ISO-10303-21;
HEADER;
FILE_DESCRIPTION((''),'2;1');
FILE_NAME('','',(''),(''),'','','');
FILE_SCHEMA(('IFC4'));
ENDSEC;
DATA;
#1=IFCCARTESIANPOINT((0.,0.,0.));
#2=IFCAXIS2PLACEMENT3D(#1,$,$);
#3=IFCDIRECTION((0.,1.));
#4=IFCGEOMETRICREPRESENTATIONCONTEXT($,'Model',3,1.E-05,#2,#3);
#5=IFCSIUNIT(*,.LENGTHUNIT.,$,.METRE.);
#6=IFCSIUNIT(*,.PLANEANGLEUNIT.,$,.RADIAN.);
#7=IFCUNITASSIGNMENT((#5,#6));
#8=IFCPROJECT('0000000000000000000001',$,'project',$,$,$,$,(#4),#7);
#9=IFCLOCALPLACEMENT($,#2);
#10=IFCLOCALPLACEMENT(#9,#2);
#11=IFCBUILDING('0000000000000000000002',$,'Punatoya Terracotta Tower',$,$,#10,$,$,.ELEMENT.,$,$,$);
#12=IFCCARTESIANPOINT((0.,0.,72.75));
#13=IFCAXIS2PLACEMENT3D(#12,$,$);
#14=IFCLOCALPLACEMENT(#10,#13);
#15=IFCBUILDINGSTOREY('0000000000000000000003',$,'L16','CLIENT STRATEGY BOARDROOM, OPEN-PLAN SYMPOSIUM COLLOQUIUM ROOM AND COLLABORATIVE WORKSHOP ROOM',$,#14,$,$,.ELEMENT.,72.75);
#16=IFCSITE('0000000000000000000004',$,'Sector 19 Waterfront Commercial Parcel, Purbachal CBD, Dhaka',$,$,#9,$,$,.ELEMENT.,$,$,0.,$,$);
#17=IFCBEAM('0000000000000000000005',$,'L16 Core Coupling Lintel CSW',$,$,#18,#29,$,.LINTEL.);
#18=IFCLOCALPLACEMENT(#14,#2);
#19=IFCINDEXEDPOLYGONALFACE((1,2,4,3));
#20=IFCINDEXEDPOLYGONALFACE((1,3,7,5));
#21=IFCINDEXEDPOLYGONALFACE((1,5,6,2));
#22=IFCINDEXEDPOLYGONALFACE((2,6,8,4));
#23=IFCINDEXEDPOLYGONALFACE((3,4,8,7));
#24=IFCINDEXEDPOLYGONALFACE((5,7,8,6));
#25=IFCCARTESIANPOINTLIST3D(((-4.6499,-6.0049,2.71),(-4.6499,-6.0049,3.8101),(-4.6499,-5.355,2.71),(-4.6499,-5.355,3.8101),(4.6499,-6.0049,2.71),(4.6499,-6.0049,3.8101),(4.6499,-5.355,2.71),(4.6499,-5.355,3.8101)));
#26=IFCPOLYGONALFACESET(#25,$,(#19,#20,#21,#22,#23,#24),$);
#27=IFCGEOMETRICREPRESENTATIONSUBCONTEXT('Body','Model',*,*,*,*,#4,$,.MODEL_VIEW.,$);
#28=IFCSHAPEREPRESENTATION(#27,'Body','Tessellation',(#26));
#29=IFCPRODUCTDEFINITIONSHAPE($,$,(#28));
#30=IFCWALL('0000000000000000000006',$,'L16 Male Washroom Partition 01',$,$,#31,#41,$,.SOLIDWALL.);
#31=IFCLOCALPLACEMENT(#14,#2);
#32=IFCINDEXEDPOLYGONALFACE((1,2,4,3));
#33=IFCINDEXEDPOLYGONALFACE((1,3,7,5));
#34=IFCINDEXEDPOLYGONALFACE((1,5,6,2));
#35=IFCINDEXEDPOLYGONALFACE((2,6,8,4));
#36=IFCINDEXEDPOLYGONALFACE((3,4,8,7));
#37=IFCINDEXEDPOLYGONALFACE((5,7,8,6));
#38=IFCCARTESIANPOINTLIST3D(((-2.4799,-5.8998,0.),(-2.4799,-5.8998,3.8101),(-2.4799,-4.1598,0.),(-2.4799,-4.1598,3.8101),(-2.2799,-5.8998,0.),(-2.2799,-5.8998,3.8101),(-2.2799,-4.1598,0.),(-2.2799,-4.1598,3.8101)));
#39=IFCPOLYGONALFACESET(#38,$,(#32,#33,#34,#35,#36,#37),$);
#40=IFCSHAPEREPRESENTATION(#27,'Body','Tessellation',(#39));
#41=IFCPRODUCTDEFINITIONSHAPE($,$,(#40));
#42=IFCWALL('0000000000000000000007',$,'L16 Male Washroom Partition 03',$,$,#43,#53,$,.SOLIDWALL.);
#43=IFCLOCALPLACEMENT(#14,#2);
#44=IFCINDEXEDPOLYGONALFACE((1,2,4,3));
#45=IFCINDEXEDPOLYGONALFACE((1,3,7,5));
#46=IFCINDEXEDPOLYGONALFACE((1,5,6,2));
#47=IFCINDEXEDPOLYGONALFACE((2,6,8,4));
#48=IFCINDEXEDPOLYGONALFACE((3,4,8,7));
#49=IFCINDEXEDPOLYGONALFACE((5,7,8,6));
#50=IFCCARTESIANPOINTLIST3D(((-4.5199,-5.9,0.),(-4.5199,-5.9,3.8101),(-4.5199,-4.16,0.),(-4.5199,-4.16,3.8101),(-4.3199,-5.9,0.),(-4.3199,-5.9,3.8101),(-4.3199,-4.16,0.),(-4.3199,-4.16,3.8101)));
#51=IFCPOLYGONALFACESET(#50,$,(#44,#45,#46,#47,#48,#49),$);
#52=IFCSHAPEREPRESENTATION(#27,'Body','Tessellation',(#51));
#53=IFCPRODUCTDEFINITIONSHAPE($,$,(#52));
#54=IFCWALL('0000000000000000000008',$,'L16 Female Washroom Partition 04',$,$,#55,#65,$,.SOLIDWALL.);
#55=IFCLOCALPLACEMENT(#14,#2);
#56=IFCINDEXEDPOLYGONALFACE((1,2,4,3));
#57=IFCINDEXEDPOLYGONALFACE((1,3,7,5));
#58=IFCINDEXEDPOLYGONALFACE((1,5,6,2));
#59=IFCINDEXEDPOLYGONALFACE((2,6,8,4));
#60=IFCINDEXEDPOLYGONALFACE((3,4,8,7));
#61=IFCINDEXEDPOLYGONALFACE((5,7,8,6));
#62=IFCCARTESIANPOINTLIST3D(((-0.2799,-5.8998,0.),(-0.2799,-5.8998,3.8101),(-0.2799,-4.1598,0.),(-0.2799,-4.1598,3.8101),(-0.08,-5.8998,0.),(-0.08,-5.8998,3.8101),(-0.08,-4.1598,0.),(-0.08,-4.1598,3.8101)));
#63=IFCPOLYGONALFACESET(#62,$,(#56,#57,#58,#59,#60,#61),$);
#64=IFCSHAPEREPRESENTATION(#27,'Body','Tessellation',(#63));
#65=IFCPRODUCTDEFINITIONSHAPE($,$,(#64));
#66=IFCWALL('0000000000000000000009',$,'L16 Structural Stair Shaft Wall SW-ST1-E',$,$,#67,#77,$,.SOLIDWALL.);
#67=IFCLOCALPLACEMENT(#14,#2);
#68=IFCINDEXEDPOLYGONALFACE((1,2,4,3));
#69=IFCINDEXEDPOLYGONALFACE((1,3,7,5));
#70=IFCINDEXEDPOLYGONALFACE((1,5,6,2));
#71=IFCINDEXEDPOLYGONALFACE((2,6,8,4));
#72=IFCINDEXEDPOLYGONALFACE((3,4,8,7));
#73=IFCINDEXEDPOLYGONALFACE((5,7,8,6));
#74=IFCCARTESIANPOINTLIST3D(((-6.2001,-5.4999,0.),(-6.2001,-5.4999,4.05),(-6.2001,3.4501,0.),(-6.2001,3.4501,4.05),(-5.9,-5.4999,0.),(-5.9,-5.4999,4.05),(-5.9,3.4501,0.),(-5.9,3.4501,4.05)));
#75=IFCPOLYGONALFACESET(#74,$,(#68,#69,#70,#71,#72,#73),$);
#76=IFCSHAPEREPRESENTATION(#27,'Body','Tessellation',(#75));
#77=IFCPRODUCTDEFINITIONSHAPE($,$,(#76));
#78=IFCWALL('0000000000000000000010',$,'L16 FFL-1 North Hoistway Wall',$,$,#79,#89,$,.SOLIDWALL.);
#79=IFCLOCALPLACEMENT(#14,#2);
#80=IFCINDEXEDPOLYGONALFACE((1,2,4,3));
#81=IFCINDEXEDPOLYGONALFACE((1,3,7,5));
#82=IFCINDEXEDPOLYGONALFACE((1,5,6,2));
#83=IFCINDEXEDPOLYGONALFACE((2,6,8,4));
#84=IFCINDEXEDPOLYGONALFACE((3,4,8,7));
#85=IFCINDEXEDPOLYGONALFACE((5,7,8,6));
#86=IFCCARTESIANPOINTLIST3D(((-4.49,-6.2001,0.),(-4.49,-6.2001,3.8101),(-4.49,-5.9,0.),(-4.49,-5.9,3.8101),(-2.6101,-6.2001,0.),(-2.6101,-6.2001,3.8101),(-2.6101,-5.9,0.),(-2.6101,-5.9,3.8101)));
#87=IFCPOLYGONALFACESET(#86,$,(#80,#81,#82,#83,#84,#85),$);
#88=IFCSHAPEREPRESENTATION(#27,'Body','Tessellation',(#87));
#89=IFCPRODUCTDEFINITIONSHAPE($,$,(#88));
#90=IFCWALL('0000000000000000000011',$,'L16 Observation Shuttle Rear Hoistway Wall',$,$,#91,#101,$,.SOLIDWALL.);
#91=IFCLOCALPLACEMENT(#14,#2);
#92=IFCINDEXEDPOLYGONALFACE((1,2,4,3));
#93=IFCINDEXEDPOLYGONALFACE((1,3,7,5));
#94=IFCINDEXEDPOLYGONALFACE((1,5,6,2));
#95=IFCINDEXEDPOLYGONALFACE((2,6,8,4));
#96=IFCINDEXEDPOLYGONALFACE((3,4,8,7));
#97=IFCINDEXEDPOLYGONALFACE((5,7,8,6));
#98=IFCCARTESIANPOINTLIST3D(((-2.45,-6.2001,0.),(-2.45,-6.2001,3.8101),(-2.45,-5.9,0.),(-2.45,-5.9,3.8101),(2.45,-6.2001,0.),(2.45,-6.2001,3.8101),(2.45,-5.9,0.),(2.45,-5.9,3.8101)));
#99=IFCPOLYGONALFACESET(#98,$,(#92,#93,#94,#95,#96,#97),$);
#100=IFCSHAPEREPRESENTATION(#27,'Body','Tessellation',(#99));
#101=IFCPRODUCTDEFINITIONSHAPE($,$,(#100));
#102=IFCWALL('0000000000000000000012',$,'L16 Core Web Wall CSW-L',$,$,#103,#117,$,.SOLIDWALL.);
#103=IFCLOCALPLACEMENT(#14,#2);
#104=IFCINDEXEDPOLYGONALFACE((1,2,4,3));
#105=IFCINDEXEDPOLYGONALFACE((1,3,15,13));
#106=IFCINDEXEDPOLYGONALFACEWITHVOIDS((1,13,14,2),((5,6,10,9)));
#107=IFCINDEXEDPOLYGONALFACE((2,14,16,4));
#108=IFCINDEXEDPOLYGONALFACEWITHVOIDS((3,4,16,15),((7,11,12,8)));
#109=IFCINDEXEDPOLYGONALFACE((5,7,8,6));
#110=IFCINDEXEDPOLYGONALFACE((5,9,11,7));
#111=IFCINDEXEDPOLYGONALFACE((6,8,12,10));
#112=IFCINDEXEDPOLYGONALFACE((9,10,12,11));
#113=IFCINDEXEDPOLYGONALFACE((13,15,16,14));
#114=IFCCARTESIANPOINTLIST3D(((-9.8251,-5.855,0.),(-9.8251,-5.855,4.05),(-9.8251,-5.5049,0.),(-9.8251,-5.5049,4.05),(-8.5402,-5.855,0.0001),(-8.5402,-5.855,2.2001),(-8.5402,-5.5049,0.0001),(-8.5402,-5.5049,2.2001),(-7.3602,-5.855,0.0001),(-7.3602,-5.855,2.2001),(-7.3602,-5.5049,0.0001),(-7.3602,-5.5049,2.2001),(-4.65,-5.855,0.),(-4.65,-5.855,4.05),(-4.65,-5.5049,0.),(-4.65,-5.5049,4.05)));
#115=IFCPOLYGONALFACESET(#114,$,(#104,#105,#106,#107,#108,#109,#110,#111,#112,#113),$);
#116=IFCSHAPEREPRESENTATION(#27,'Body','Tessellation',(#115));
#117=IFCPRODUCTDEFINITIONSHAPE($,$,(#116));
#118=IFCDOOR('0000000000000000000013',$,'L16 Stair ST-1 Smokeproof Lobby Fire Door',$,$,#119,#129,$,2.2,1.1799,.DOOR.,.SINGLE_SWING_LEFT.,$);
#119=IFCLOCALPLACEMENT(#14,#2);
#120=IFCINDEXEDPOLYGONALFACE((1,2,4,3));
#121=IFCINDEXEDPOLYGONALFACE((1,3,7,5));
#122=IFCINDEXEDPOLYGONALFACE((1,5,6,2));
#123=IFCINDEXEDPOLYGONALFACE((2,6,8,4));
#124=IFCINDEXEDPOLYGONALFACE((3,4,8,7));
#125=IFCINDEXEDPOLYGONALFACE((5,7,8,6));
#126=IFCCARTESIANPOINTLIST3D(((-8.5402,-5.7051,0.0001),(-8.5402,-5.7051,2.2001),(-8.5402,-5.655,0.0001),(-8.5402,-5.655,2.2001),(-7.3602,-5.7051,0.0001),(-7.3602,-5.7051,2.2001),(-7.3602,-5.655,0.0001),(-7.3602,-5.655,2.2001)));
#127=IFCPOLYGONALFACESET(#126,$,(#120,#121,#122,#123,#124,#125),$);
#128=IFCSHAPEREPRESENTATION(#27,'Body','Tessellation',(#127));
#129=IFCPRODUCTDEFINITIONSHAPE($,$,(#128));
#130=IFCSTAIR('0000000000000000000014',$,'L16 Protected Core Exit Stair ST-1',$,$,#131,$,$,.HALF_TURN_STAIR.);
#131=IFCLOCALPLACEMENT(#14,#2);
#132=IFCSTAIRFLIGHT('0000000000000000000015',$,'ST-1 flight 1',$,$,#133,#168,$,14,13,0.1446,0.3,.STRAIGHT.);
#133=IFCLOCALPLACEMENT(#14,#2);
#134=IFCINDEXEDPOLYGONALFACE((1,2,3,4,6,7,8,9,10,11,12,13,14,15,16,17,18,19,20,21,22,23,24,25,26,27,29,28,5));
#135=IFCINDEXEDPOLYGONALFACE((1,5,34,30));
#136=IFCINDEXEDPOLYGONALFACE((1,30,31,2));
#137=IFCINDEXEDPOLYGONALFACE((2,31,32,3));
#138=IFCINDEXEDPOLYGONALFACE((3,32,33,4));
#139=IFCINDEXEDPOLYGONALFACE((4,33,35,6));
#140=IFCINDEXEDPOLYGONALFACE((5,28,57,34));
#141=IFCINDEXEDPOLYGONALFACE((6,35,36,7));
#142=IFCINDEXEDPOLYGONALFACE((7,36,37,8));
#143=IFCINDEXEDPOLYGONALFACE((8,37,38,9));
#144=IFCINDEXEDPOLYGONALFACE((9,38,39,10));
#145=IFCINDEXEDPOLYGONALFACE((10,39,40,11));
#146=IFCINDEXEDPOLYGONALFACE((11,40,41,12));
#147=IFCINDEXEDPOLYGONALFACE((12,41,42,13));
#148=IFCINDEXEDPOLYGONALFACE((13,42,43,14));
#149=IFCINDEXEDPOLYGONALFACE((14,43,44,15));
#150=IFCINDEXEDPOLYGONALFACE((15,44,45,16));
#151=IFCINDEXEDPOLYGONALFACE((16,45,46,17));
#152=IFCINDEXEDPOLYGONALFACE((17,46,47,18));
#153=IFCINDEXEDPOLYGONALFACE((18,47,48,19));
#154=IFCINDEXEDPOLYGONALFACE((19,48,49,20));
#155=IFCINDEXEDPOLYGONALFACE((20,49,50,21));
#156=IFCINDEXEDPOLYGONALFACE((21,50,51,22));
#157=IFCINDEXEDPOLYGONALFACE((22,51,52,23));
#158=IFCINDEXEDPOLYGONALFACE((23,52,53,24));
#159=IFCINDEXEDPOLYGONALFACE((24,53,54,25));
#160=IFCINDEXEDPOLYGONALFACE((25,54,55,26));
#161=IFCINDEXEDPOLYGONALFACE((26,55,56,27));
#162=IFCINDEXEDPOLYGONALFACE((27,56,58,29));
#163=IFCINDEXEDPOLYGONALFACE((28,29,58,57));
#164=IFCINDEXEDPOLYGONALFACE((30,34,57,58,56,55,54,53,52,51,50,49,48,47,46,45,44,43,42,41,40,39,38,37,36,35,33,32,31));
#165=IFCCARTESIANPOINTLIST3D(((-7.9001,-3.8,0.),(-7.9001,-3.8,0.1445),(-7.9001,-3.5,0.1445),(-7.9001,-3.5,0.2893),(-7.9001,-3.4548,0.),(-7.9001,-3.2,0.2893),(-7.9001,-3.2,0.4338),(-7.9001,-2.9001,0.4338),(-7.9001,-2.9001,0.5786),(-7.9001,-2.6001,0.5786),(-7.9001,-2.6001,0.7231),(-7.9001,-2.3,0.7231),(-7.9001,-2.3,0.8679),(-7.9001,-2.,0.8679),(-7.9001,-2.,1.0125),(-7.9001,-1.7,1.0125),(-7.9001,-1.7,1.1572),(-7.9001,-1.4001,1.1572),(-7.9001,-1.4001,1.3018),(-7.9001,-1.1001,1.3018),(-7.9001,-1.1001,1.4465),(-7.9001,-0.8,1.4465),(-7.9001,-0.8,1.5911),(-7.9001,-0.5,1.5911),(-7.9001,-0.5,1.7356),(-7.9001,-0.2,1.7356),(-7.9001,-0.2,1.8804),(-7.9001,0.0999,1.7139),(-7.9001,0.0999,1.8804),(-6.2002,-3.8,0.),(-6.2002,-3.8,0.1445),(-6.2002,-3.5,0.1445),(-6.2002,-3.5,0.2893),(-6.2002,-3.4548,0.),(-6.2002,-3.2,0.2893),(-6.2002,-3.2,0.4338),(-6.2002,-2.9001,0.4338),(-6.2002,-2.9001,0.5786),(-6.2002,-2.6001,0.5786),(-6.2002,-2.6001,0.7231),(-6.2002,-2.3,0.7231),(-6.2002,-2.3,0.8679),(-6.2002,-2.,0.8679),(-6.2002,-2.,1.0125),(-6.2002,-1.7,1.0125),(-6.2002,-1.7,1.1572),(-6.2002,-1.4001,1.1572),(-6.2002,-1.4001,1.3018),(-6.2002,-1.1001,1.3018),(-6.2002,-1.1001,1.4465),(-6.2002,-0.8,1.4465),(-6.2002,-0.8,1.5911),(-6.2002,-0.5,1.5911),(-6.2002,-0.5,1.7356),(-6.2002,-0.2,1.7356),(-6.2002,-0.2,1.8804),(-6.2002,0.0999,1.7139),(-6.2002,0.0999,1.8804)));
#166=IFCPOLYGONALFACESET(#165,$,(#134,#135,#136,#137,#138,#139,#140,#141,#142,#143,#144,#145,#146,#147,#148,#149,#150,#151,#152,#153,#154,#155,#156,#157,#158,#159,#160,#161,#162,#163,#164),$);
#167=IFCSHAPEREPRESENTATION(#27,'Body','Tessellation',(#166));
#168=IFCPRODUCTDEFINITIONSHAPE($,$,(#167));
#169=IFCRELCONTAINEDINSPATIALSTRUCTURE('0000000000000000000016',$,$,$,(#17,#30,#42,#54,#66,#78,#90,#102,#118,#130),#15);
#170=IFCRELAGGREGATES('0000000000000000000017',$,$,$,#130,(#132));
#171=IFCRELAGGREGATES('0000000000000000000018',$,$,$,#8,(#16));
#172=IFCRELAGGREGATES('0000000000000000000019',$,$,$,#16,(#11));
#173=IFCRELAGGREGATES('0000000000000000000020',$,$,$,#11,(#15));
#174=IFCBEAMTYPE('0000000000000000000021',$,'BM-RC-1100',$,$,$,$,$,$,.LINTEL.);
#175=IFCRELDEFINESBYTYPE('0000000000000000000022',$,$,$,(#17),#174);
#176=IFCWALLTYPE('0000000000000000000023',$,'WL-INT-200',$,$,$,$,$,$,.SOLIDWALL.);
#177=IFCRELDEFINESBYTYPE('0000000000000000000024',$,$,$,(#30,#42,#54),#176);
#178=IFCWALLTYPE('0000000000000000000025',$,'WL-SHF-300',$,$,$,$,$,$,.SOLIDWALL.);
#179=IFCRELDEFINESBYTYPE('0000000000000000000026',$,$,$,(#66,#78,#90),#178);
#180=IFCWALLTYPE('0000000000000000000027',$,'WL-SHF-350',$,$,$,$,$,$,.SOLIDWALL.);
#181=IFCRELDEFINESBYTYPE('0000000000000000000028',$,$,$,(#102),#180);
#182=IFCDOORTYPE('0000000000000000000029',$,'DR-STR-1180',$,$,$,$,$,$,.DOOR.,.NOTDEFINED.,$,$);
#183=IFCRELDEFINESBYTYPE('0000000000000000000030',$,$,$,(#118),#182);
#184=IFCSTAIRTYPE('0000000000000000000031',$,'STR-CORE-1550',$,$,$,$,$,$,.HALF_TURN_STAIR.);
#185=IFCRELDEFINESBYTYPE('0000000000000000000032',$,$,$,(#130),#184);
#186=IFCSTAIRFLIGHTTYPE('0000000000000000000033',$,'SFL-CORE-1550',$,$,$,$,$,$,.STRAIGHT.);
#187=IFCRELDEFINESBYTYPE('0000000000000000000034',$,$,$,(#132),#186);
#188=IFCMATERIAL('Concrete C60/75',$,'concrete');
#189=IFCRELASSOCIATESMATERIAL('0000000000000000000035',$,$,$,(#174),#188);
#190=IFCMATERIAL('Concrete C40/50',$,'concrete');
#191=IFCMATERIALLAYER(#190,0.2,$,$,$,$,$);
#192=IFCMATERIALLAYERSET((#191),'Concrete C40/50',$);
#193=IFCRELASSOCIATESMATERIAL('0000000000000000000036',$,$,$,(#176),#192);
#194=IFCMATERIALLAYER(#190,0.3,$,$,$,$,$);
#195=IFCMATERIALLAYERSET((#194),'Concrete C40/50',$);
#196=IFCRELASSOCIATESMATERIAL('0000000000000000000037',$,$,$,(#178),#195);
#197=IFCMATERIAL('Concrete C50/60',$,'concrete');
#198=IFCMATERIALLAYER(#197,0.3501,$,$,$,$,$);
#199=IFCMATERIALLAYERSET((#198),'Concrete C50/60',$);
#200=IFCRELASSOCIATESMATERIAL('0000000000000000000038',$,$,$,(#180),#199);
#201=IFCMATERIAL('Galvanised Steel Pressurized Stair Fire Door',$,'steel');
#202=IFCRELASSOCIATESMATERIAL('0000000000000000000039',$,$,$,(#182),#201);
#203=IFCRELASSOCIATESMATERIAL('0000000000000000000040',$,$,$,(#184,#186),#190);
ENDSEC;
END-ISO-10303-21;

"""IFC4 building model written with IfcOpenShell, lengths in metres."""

from ifc_helpers import new_model, si_unit, direction, frame, frame_2d, origin, origin_2d, place, context, subcontext, project, spatial, polyline, rectangle, outline, extrude, material, layer, layer_set, material_profile, profile_set, type_object, element, fill, aggregate, save


model = new_model("IFC4")

# Units and contexts
model_context = context("Model", 3, precision=1e-05, world=origin(), true_north=direction((0.0, 1.0)))
body_context = subcontext(model_context, "Body", "Model", "MODEL_VIEW")
ifc_project = project(units=[si_unit("LENGTHUNIT", "METRE"), si_unit("PLANEANGLEUNIT", "RADIAN")], contexts=[model_context])

# Site, building, storey
site_placement = place(None, origin())
site = spatial("IfcSite", under=ifc_project, at=site_placement, Name="Sector 19 Waterfront Commercial Parcel, Purbachal CBD, Dhaka", CompositionType="ELEMENT", RefElevation=0.0)
building_placement = place(site_placement, origin())
building = spatial("IfcBuilding", under=site, at=building_placement, Name="Punatoya Terracotta Tower", CompositionType="ELEMENT")
storey_placement = place(building_placement, frame((0.0, 0.0, 72.75)))
storey = spatial("IfcBuildingStorey", under=building, at=storey_placement, Name="L16", Description="CLIENT STRATEGY BOARDROOM, OPEN-PLAN SYMPOSIUM COLLOQUIUM ROOM AND COLLABORATIVE WORKSHOP ROOM", CompositionType="ELEMENT", Elevation=72.75)

# Beam
ifc_material_1 = material(Name="Concrete C60/75", Category="concrete")
ifc_material_profile = material_profile(ifc_material_1, rectangle(XDim=0.6499, YDim=1.1001, at=origin_2d()))
ifc_profile_set = profile_set([ifc_material_profile], Name="Concrete C60/75")
beam_type = type_object("IfcBeamType", Name="BM-RC-1100", PredefinedType="LINTEL", material=ifc_profile_set)
beam_placement = place(storey_placement, frame((-4.6499, -5.6799, 3.26), z_axis=(1.0, 0.0, 0.0), x_axis=(0.0, 1.0, 0.0)))
element("IfcBeam", 1, at=beam_placement, inside=storey, type_object=beam_type, Name="L16 Core Coupling Lintel CSW", PredefinedType="LINTEL", context=body_context, shape_type="SweptSolid", body=[
    extrude(rectangle(XDim=0.6499, YDim=1.1001, at=origin_2d()), origin(), (0.0, 0.0, 1.0), 9.2998),
])

# Wall
ifc_material_2 = material(Name="Concrete C40/50", Category="concrete")
ifc_layer_1 = layer(ifc_material_2, 0.2)
ifc_layer_set_1 = layer_set([ifc_layer_1], Name="Concrete C40/50")
wall_type_1 = type_object("IfcWallType", Name="WL-INT-200", PredefinedType="SOLIDWALL", material=ifc_layer_set_1)
wall_1_placement = place(storey_placement, frame((-2.3799, -5.8999, 0.0), z_axis=(0.0, 0.0, 1.0), x_axis=(0.0, 1.0, 0.0)))
element("IfcWall", 2, at=wall_1_placement, inside=storey, type_object=wall_type_1, Name="L16 Male Washroom Partition 01", PredefinedType="SOLIDWALL", context=body_context, shape_type="SweptSolid", body=[
    extrude(rectangle(XDim=1.74, YDim=0.2, at=frame_2d((0.8701, 0.0))), origin(), (0.0, 0.0, 1.0), 3.8101),
])

# Walls
for number, where, z_axis, x_axis, name in (
    (3, (-4.4199, -4.1599, 0.0), (0.0, 0.0, 1.0), (0.0, -1.0, 0.0), "L16 Male Washroom Partition 03"),
    (4, (-0.1799, -5.8999, 0.0), (0.0, 0.0, 1.0), (0.0, 1.0, 0.0), "L16 Female Washroom Partition 04"),
):
    element("IfcWall", number, at=place(storey_placement, frame(where, z_axis=z_axis, x_axis=x_axis)), inside=storey, type_object=wall_type_1, Name=name, PredefinedType="SOLIDWALL", context=body_context, shape_type="SweptSolid", body=[
        extrude(rectangle(XDim=1.74, YDim=0.2, at=frame_2d((0.8701, 0.0))), origin(), (0.0, 0.0, 1.0), 3.8101),
    ])

# Walls
ifc_layer_2 = layer(ifc_material_2, 0.3)
ifc_layer_set_2 = layer_set([ifc_layer_2], Name="Concrete C40/50")
wall_type_2 = type_object("IfcWallType", Name="WL-SHF-300", PredefinedType="SOLIDWALL", material=ifc_layer_set_2)
wall_2_placement = place(storey_placement, frame((-6.05, -5.5, 0.0), z_axis=(0.0, 0.0, 1.0), x_axis=(0.0, 1.0, 0.0)))
element("IfcWall", 5, at=wall_2_placement, inside=storey, type_object=wall_type_2, Name="L16 Structural Stair Shaft Wall SW-ST1-E", PredefinedType="SOLIDWALL", context=body_context, shape_type="SweptSolid", body=[
    extrude(rectangle(XDim=8.95, YDim=0.3, at=frame_2d((4.4751, 0.0))), origin(), (0.0, 0.0, 1.0), 4.05),
])
wall_3_placement = place(storey_placement, frame((-4.49, -6.05, 0.0), z_axis=(0.0, 0.0, 1.0), x_axis=(1.0, 0.0, 0.0)))
element("IfcWall", 6, at=wall_3_placement, inside=storey, type_object=wall_type_2, Name="L16 FFL-1 North Hoistway Wall", PredefinedType="SOLIDWALL", context=body_context, shape_type="SweptSolid", body=[
    extrude(rectangle(XDim=1.8799, YDim=0.3, at=frame_2d((0.9399, 0.0))), origin(), (0.0, 0.0, 1.0), 3.8101),
])
wall_4_placement = place(storey_placement, frame((-2.45, -6.05, 0.0), z_axis=(0.0, 0.0, 1.0), x_axis=(1.0, 0.0, 0.0)))
element("IfcWall", 7, at=wall_4_placement, inside=storey, type_object=wall_type_2, Name="L16 Observation Shuttle Rear Hoistway Wall", PredefinedType="SOLIDWALL", context=body_context, shape_type="SweptSolid", body=[
    extrude(rectangle(XDim=4.8999, YDim=0.3, at=frame_2d((2.45, 0.0))), origin(), (0.0, 0.0, 1.0), 3.8101),
])

# Wall, opening, door
ifc_material_3 = material(Name="Concrete C50/60", Category="concrete")
ifc_layer_3 = layer(ifc_material_3, 0.3501)
ifc_layer_set_3 = layer_set([ifc_layer_3], Name="Concrete C50/60")
wall_type_3 = type_object("IfcWallType", Name="WL-SHF-350", PredefinedType="SOLIDWALL", material=ifc_layer_set_3)
wall_5_placement = place(storey_placement, frame((-9.825, -5.6799, 0.0), z_axis=(0.0, 0.0, 1.0), x_axis=(1.0, 0.0, 0.0)))
wall_5 = element("IfcWall", 8, at=wall_5_placement, inside=storey, type_object=wall_type_3, Name="L16 Core Web Wall CSW-L", PredefinedType="SOLIDWALL", context=body_context, shape_type="SweptSolid", body=[
    extrude(rectangle(XDim=5.175, YDim=0.3501, at=frame_2d((2.5874, 0.0))), origin(), (0.0, 0.0, 1.0), 4.05),
])
opening_1_placement = place(wall_5_placement, frame((1.2849, 0.0, 0.0)))
opening_1 = element("IfcOpeningElement", 9, at=opening_1_placement, cuts=wall_5, PredefinedType="OPENING", context=body_context, shape_type="SweptSolid", body=[
    extrude(rectangle(XDim=1.1799, YDim=2.2, at=frame_2d((0.5898, 1.1001))), frame((0.0, 0.1851, 0.0), z_axis=(0.0, -1.0, 0.0), x_axis=(1.0, 0.0, 0.0)), (0.0, 0.0, 1.0), 0.3701),
])
ifc_material_4 = material(Name="Galvanised Steel Pressurized Stair Fire Door", Category="steel")
door_type_1 = type_object("IfcDoorType", Name="DR-STR-1180", OperationType="NOTDEFINED", PredefinedType="DOOR", material=ifc_material_4)
door_1_placement = place(opening_1_placement, origin())
door_1 = element("IfcDoor", 10, at=door_1_placement, inside=storey, type_object=door_type_1, Name="L16 Stair ST-1 Smokeproof Lobby Fire Door", OperationType="SINGLE_SWING_LEFT", OverallHeight=2.2, OverallWidth=1.1799, PredefinedType="DOOR", context=body_context, shape_type="SweptSolid", body=[
    extrude(rectangle(XDim=1.1799, YDim=2.2, at=frame_2d((0.5898, 1.1001))), frame((0.0, 0.0249, 0.0), z_axis=(0.0, -1.0, 0.0), x_axis=(1.0, 0.0, 0.0)), (0.0, 0.0, 1.0), 0.05),
])
fill(opening_1, door_1)

# Stair, stair flight
stair_type = type_object("IfcStairType", Name="STR-CORE-1550", PredefinedType="HALF_TURN_STAIR", material=ifc_material_2)
stair_placement = place(storey_placement, origin())
stair = element("IfcStair", 11, at=stair_placement, inside=storey, type_object=stair_type, Name="L16 Protected Core Exit Stair ST-1", PredefinedType="HALF_TURN_STAIR")
stair_flight_type = type_object("IfcStairFlightType", Name="SFL-CORE-1550", PredefinedType="STRAIGHT", material=ifc_material_2)
stair_flight_placement = place(storey_placement, frame((-7.05, -3.8, 0.0), z_axis=(0.0, 0.0, 1.0), x_axis=(0.0, 1.0, 0.0)))
stair_flight = element("IfcStairFlight", 12, at=stair_flight_placement, type_object=stair_flight_type, Name="ST-1 flight 1", NumberOfRisers=14, NumberOfTreads=13, PredefinedType="STRAIGHT", RiserHeight=0.1446, TreadLength=0.3, context=body_context, shape_type="SweptSolid", body=[
    extrude(outline(polyline([(0.0, 0.0), (0.0, 0.1445), (0.3, 0.1445), (0.3, 0.2893), (0.6001, 0.2893), (0.6001, 0.4338), (0.8999, 0.4338), (0.8999, 0.5786), (1.2, 0.5786), (1.2, 0.7231), (1.5, 0.7231), (1.5, 0.8679), (1.8, 0.8679), (1.8, 1.0125), (2.1001, 1.0125), (2.1001, 1.1572), (2.3999, 1.1572), (2.3999, 1.3018), (2.7, 1.3018), (2.7, 1.4465), (3.0, 1.4465), (3.0, 1.5911), (3.3, 1.5911), (3.3, 1.7356), (3.6001, 1.7356), (3.6001, 1.8804), (3.8999, 1.8804), (3.8999, 2.0249), (3.8999, 1.7139), (0.3452, 0.0), (0.0, 0.0)])), frame((0.0, 0.8501, 0.0), z_axis=(0.0, -1.0, 0.0), x_axis=(1.0, 0.0, 0.0)), (0.0, 0.0, 1.0), 1.7),
])
aggregate(stair, [stair_flight])

save(model, "model.ifc")
